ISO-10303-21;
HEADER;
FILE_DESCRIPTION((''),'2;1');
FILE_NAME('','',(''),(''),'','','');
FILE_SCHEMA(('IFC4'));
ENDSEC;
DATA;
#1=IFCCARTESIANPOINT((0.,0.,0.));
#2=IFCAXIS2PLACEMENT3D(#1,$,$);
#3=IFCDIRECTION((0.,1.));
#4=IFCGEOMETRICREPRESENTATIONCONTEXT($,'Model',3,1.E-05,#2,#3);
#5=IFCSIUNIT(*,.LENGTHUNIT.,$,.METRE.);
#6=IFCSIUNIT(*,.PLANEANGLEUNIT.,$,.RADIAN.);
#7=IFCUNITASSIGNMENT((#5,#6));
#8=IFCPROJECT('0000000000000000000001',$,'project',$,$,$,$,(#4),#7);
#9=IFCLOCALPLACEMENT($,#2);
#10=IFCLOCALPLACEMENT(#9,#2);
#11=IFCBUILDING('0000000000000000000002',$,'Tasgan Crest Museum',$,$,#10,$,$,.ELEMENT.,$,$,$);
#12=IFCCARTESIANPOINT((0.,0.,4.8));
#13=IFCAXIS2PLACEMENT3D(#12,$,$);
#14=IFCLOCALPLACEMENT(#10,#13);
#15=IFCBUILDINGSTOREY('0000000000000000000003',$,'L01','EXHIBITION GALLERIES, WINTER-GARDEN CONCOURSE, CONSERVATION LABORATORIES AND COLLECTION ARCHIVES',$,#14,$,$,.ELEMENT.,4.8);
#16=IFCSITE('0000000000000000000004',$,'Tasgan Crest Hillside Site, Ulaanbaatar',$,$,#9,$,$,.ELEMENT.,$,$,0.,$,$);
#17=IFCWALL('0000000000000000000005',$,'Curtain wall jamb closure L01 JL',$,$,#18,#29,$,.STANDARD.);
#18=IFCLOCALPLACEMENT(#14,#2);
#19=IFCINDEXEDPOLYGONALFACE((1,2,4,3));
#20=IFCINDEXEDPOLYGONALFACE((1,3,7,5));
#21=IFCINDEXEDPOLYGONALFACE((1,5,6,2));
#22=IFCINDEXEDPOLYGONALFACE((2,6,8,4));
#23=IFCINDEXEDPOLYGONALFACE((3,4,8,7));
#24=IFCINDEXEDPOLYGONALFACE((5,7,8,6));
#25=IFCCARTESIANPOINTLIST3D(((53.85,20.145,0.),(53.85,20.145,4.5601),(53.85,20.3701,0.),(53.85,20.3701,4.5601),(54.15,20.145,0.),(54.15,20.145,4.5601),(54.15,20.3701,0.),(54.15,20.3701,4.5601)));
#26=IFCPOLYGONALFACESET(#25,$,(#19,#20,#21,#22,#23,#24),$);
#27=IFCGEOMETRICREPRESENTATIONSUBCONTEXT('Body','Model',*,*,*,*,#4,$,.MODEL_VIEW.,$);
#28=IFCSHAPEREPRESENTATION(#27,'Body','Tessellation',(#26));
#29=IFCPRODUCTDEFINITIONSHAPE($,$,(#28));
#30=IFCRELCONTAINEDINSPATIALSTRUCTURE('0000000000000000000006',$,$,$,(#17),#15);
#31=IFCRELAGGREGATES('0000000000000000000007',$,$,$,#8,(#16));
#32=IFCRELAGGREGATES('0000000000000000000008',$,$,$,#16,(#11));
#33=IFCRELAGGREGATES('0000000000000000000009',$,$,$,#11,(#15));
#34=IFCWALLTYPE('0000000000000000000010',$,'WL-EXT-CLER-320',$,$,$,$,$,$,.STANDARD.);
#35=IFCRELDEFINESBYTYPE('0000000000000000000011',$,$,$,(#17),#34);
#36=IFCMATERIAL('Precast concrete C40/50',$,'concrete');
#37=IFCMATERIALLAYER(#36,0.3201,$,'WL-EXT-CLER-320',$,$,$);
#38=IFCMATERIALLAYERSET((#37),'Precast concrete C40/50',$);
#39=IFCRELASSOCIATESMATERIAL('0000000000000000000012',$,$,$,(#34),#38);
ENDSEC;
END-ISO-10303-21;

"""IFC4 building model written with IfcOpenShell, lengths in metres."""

from ifc_helpers import new_model, si_unit, direction, frame, frame_2d, origin, place, context, subcontext, project, spatial, rectangle, extrude, material, layer, layer_set, type_object, element, save


model = new_model("IFC4")

# Units and contexts
model_context = context("Model", 3, precision=1e-05, world=origin(), true_north=direction((0.0, 1.0)))
body_context = subcontext(model_context, "Body", "Model", "MODEL_VIEW")
ifc_project = project(units=[si_unit("LENGTHUNIT", "METRE"), si_unit("PLANEANGLEUNIT", "RADIAN")], contexts=[model_context])

# Site, building, storey
site_placement = place(None, origin())
site = spatial("IfcSite", under=ifc_project, at=site_placement, Name="Tasgan Crest Hillside Site, Ulaanbaatar", CompositionType="ELEMENT", RefElevation=0.0)
building_placement = place(site_placement, origin())
building = spatial("IfcBuilding", under=site, at=building_placement, Name="Tasgan Crest Museum", CompositionType="ELEMENT")
storey_placement = place(building_placement, frame((0.0, 0.0, 4.8)))
storey = spatial("IfcBuildingStorey", under=building, at=storey_placement, Name="L01", Description="EXHIBITION GALLERIES, WINTER-GARDEN CONCOURSE, CONSERVATION LABORATORIES AND COLLECTION ARCHIVES", CompositionType="ELEMENT", Elevation=4.8)

# Wall
ifc_material_1 = material(Name="Precast concrete C40/50", Category="concrete")
ifc_layer_1 = layer(ifc_material_1, 0.3201, Name="WL-EXT-CLER-320")
ifc_layer_set_1 = layer_set([ifc_layer_1], Name="Precast concrete C40/50")
wall_type = type_object("IfcWallType", Name="WL-EXT-CLER-320", PredefinedType="STANDARD", material=ifc_layer_set_1)
for number, where, z_axis, x_axis, name in (
    (1, (54.0, 20.145, 0.0), (0.0, 0.0, 1.0), (0.0, 1.0, 0.0), "Curtain wall jamb closure L01 JL"),
):
    element("IfcWall", number, at=place(storey_placement, frame(where, z_axis=z_axis, x_axis=x_axis)), inside=storey, type_object=wall_type, Name=name, PredefinedType="STANDARD", context=body_context, shape_type="SweptSolid", body=[
        extrude(rectangle(XDim=0.2251, YDim=0.3, at=frame_2d((0.1125, 0.0))), origin(), (0.0, 0.0, 1.0), 4.5601),
    ])

save(model, "model.ifc")
